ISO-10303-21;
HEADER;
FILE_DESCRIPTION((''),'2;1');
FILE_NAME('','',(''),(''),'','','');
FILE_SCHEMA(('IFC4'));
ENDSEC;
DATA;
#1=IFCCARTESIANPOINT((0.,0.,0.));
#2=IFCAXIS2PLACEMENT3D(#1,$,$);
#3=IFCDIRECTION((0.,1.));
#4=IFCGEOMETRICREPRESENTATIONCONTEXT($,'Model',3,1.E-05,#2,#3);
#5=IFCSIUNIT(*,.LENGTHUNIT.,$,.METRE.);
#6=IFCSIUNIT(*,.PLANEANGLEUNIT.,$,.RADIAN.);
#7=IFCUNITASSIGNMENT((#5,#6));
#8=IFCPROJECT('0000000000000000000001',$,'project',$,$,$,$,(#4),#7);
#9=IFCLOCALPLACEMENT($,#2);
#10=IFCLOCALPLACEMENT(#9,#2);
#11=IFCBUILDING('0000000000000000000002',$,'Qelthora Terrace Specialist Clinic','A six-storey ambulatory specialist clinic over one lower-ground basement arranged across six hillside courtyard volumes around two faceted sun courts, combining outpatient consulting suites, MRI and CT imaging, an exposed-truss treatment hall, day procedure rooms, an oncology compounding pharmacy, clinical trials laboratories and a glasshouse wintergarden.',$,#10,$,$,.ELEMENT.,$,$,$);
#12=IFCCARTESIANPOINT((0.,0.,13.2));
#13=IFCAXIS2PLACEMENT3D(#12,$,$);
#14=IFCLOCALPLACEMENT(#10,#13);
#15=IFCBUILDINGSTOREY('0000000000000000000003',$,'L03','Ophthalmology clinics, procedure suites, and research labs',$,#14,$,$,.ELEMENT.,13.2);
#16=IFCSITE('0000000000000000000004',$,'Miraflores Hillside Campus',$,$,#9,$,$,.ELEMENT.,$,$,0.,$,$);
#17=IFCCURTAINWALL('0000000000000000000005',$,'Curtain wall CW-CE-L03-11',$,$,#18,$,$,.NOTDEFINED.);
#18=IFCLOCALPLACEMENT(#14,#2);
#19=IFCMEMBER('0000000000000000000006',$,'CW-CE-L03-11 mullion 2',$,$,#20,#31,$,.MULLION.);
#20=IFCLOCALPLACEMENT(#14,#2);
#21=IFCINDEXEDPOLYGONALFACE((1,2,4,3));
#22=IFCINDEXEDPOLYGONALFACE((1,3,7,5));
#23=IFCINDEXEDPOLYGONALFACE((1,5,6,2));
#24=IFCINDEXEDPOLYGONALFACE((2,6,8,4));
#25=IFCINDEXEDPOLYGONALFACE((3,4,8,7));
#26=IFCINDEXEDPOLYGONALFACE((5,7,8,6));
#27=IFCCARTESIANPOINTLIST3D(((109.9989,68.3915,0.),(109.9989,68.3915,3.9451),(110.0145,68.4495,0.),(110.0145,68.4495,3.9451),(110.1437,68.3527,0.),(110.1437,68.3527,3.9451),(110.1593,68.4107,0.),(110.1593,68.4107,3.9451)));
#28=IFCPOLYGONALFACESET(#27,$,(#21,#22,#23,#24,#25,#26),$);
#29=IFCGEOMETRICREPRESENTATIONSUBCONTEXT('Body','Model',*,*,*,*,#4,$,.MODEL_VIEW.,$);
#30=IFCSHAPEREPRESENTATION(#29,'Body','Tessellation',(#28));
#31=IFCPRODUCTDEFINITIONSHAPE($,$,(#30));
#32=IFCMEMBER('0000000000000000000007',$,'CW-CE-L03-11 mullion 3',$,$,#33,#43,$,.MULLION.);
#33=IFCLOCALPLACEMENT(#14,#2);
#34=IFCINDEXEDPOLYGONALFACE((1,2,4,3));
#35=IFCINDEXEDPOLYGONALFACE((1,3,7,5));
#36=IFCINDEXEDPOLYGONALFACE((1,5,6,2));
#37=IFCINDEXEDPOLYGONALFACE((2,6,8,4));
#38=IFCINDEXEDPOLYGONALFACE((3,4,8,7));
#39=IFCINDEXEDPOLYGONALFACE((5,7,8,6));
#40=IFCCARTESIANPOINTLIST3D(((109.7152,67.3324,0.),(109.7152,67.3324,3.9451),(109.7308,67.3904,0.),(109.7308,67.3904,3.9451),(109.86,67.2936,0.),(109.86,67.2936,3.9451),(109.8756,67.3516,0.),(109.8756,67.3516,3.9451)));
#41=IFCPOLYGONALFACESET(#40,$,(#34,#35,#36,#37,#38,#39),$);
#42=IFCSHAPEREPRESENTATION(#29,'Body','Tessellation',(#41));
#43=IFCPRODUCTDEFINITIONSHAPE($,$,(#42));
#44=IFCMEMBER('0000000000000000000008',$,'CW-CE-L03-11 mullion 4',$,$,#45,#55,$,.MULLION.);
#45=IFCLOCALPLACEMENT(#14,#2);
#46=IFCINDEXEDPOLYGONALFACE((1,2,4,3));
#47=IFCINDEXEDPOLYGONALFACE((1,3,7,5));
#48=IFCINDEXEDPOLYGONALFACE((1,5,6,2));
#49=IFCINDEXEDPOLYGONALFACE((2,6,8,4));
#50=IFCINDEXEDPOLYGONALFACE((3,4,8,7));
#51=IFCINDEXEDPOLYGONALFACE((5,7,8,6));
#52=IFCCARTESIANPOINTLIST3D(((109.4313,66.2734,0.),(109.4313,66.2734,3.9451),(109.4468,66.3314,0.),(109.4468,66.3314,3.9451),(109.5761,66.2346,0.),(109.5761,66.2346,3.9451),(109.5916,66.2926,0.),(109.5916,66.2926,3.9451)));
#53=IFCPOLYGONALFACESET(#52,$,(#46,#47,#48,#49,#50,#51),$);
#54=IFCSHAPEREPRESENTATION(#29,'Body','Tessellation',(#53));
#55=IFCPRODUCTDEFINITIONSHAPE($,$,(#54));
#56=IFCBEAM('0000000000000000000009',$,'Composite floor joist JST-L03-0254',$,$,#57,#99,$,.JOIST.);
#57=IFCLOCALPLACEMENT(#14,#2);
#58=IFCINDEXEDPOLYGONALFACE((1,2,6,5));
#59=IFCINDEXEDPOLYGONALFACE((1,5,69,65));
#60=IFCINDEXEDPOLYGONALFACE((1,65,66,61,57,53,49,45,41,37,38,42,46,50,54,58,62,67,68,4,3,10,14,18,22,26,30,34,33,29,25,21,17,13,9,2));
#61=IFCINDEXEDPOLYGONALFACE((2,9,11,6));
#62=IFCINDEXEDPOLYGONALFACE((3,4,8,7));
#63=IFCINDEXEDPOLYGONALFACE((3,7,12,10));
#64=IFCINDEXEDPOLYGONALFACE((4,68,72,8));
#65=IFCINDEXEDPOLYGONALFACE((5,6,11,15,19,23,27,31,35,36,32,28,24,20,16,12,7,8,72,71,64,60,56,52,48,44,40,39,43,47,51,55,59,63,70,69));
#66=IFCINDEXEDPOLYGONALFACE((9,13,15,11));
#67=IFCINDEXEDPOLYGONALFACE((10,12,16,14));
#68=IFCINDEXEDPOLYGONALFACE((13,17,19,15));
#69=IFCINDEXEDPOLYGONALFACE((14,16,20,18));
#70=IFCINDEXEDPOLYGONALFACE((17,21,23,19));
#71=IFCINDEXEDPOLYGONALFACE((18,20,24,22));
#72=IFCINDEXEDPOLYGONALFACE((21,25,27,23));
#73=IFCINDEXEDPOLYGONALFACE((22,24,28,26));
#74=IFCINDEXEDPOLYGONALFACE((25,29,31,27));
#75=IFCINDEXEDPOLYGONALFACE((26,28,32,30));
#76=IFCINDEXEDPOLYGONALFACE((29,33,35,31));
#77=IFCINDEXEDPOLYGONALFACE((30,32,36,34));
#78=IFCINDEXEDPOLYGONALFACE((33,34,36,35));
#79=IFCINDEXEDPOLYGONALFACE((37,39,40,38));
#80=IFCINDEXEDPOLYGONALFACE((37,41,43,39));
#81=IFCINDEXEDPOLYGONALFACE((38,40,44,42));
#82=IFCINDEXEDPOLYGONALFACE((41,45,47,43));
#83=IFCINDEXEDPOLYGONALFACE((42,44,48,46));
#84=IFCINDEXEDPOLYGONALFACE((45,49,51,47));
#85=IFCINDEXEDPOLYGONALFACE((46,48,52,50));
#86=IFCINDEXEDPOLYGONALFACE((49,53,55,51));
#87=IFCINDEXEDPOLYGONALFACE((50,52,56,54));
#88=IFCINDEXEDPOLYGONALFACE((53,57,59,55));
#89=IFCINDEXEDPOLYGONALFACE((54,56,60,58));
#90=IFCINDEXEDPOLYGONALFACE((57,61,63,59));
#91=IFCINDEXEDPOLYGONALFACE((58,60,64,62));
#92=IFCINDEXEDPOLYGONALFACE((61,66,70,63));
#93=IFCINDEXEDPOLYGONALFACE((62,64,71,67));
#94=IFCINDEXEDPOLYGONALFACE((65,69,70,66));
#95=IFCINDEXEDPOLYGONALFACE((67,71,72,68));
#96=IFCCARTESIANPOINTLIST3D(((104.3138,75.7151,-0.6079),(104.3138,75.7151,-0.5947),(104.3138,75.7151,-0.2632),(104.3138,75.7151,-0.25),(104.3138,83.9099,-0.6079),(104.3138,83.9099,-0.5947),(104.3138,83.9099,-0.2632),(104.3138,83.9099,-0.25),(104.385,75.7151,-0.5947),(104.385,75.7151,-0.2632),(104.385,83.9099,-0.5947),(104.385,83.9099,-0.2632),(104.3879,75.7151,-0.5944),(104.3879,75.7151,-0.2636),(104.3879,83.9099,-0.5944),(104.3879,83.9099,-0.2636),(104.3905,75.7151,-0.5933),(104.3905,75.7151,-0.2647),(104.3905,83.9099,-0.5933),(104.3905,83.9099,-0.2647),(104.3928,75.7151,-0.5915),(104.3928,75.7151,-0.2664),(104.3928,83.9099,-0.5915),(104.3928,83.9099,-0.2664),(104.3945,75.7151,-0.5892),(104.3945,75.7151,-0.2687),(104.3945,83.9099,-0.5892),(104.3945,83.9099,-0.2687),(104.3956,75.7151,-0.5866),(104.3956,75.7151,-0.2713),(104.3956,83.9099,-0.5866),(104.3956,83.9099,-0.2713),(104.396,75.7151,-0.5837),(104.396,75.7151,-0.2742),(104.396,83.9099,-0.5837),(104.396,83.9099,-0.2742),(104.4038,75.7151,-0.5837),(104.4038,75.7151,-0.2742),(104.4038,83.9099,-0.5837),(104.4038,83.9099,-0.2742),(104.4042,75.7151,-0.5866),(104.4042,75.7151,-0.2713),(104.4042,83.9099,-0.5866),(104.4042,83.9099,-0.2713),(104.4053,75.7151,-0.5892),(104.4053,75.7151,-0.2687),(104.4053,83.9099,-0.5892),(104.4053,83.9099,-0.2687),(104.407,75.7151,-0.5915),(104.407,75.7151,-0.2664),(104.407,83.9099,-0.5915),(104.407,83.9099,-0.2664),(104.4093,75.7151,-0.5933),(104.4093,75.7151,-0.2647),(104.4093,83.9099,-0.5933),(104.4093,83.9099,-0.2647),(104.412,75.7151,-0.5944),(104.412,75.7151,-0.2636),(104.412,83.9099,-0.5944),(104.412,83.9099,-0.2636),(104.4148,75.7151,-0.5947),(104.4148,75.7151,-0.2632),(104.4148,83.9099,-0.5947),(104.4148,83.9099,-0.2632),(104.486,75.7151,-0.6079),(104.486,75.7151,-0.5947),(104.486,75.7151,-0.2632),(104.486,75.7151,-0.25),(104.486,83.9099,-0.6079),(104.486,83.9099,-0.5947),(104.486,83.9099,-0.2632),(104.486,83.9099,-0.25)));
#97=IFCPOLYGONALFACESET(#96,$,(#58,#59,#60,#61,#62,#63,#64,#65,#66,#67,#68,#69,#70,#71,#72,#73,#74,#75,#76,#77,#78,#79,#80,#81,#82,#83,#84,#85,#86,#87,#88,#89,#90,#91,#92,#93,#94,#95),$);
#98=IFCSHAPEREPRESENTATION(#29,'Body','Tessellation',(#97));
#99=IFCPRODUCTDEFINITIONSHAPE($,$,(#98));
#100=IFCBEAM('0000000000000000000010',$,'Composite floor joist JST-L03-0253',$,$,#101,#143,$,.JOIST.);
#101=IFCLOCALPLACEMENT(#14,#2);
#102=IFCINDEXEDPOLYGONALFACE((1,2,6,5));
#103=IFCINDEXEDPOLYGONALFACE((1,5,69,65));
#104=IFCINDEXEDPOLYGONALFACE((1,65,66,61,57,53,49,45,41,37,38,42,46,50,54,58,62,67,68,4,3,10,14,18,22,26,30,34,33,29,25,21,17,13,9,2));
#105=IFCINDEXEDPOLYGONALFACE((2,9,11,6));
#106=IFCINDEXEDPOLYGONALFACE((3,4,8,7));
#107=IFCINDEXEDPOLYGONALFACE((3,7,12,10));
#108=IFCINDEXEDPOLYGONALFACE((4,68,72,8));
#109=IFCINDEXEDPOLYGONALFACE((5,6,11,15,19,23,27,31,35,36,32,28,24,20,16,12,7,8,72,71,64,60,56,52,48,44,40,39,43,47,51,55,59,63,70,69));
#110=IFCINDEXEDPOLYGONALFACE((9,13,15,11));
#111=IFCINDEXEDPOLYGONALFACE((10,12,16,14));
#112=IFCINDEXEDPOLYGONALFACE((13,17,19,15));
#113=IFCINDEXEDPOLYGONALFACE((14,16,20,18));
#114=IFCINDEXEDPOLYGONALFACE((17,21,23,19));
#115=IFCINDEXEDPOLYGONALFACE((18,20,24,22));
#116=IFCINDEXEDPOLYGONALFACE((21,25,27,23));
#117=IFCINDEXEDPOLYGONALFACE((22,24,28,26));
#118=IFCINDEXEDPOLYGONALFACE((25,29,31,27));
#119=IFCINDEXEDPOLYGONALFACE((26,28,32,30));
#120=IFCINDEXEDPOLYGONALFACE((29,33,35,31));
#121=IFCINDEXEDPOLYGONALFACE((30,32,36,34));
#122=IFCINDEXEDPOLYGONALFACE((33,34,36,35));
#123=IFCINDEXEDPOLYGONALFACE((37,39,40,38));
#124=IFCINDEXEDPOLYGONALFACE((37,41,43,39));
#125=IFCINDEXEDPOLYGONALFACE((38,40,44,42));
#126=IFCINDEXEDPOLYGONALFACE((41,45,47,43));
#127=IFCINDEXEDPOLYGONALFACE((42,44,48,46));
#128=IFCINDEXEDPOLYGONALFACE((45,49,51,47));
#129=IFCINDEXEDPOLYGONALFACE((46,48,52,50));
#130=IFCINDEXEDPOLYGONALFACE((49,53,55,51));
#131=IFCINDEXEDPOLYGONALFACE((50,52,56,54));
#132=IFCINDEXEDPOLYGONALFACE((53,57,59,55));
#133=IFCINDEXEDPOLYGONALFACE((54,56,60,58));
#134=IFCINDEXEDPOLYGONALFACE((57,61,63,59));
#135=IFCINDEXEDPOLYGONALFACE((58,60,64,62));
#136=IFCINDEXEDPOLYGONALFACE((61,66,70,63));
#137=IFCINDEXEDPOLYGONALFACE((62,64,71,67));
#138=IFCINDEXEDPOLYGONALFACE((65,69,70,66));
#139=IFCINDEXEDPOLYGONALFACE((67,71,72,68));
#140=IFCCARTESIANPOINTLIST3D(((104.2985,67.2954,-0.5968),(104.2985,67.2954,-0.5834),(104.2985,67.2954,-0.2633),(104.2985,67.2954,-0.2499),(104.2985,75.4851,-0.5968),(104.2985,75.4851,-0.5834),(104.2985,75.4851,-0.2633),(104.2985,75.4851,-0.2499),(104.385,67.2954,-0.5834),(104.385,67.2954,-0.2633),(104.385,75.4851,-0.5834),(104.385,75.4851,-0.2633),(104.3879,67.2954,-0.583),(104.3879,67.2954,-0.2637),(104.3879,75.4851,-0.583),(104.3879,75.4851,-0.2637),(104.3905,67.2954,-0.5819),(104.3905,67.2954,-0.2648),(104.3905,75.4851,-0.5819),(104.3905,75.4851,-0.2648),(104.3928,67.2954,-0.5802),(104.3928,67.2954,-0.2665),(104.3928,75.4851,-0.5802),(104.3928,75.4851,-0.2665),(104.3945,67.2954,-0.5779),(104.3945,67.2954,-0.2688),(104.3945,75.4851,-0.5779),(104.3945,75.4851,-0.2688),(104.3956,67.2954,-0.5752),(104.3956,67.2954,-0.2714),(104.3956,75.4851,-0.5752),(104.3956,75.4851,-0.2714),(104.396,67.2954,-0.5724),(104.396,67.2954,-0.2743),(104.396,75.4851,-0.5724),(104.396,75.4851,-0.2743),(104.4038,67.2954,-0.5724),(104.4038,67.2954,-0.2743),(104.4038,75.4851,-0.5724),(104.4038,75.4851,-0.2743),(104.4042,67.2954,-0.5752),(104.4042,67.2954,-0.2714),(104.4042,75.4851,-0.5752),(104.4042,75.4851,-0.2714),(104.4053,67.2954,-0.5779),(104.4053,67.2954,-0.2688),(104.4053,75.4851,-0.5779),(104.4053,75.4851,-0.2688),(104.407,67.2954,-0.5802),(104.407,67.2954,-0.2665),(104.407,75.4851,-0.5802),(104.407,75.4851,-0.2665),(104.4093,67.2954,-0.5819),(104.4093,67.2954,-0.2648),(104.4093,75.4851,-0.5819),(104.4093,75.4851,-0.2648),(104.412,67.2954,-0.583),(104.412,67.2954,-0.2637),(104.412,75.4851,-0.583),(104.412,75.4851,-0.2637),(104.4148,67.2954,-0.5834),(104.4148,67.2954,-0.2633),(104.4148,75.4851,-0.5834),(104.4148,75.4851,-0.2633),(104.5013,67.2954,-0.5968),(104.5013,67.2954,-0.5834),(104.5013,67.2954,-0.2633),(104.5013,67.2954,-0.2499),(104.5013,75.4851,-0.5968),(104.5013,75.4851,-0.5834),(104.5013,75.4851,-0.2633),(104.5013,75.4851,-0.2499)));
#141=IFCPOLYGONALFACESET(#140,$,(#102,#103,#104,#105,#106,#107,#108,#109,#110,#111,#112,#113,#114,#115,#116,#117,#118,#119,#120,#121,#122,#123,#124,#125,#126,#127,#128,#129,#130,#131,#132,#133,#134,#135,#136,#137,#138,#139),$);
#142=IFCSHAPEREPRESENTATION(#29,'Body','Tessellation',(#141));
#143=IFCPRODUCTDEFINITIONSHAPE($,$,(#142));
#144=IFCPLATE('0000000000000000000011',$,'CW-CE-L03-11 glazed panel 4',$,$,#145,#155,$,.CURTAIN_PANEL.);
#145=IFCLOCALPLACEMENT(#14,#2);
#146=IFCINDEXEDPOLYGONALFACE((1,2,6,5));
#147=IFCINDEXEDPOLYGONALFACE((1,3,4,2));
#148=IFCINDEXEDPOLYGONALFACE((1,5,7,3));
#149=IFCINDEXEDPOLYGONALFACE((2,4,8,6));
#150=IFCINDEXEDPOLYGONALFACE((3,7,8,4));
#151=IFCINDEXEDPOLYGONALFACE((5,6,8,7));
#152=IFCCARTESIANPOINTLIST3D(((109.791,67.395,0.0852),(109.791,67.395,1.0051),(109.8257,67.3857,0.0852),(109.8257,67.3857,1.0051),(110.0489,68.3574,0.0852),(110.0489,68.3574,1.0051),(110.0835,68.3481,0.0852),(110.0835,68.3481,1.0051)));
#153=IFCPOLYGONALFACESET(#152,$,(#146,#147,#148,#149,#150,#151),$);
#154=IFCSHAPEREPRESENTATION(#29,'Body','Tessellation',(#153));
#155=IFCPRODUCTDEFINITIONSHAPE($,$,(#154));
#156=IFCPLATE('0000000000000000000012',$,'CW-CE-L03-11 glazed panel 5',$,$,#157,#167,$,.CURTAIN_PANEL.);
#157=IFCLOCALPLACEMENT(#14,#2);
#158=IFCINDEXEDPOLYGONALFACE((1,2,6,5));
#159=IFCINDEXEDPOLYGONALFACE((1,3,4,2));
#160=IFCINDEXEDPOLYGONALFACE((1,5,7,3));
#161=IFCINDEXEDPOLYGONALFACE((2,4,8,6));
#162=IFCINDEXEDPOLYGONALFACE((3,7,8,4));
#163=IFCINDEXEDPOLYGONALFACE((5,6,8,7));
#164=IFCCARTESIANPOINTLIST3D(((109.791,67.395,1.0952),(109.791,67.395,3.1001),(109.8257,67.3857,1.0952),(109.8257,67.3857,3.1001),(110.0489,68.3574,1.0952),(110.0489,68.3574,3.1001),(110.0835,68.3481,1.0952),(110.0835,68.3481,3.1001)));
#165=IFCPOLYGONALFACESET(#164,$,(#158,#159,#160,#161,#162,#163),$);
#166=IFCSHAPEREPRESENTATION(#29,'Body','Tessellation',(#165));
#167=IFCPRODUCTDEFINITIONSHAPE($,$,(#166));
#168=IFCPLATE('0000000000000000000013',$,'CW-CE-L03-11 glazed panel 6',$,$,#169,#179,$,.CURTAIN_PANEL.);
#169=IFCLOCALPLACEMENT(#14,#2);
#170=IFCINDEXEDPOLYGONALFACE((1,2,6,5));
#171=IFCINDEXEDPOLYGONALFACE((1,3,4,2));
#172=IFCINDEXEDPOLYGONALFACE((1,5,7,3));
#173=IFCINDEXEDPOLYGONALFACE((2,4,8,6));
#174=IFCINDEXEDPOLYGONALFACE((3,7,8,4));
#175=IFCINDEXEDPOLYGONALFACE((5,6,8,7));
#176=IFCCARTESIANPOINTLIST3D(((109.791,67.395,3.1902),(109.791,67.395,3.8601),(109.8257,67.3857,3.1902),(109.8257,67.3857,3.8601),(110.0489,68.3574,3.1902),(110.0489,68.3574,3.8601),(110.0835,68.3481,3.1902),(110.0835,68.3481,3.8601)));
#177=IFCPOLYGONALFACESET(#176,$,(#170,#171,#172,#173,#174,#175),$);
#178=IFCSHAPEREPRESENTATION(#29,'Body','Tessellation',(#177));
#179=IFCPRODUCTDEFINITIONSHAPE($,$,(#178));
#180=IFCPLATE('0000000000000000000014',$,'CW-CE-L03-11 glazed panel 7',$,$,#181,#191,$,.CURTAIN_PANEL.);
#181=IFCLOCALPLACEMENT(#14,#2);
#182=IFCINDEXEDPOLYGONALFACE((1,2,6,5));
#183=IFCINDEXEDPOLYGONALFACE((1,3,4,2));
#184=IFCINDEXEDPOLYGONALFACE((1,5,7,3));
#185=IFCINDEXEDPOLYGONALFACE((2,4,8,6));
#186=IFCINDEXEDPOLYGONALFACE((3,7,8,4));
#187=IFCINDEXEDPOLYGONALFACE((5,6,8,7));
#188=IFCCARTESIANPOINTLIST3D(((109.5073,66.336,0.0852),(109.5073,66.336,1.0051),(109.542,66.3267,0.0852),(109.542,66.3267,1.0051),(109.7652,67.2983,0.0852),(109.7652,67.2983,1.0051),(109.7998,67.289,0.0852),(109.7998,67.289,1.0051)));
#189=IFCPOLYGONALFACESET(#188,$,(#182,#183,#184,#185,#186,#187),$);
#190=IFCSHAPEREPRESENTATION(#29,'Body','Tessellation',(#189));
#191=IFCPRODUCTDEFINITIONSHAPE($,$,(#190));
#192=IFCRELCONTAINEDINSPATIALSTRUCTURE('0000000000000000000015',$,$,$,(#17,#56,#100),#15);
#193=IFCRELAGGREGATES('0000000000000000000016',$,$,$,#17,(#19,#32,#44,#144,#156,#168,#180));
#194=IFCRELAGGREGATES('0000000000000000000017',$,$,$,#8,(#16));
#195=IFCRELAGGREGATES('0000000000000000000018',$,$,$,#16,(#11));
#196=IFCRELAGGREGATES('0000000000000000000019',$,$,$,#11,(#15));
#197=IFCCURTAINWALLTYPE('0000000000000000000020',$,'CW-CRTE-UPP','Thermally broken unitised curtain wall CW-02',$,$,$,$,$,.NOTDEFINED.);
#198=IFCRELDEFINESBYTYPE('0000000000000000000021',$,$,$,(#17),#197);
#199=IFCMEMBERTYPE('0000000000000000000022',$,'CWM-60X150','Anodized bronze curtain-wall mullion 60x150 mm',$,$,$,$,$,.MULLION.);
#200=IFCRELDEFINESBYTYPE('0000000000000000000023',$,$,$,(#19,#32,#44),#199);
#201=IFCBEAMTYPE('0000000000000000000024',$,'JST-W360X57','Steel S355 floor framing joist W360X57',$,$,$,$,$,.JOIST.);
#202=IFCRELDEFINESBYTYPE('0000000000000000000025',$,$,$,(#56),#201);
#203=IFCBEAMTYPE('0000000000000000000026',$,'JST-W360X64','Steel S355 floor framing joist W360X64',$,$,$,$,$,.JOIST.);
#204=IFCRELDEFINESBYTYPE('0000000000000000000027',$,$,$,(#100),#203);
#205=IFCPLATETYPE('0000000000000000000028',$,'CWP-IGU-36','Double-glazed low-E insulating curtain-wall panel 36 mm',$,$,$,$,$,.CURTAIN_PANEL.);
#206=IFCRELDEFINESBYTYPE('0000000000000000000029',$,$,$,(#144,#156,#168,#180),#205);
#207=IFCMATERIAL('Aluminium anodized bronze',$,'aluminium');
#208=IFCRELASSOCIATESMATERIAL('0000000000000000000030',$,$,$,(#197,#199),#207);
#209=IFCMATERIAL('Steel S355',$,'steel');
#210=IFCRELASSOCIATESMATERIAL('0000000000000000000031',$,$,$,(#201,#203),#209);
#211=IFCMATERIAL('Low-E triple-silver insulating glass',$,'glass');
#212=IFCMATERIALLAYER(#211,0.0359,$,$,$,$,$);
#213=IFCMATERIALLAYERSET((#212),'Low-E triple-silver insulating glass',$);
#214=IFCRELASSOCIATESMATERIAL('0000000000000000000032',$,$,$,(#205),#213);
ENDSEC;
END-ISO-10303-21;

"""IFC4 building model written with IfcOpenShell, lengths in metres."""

from ifc_helpers import new_model, si_unit, direction, frame, origin, origin_2d, place, context, subcontext, project, spatial, rectangle, i_section, extrude, material, layer, layer_set, material_profile, profile_set, type_object, element, aggregate, save


model = new_model("IFC4")

# Units and contexts
model_context = context("Model", 3, precision=1e-05, world=origin(), true_north=direction((0.0, 1.0)))
body_context = subcontext(model_context, "Body", "Model", "MODEL_VIEW")
ifc_project = project(units=[si_unit("LENGTHUNIT", "METRE"), si_unit("PLANEANGLEUNIT", "RADIAN")], contexts=[model_context])

# Site, building, storey
site_placement = place(None, origin())
site = spatial("IfcSite", under=ifc_project, at=site_placement, Name="Miraflores Hillside Campus", CompositionType="ELEMENT", RefElevation=0.0)
building_placement = place(site_placement, origin())
building = spatial("IfcBuilding", under=site, at=building_placement, Name="Qelthora Terrace Specialist Clinic", Description="A six-storey ambulatory specialist clinic over one lower-ground basement arranged across six hillside courtyard volumes around two faceted sun courts, combining outpatient consulting suites, MRI and CT imaging, an exposed-truss treatment hall, day procedure rooms, an oncology compounding pharmacy, clinical trials laboratories and a glasshouse wintergarden.", CompositionType="ELEMENT")
storey_placement = place(building_placement, frame((0.0, 0.0, 13.2)))
storey = spatial("IfcBuildingStorey", under=building, at=storey_placement, Name="L03", Description="Ophthalmology clinics, procedure suites, and research labs", CompositionType="ELEMENT", Elevation=13.2)

# Shared definitions
ifc_material_1 = material(Name="Steel S355", Category="steel")

# Curtain wall, members
ifc_material_2 = material(Name="Aluminium anodized bronze", Category="aluminium")
curtain_wall_type = type_object("IfcCurtainWallType", Name="CW-CRTE-UPP", Description="Thermally broken unitised curtain wall CW-02", PredefinedType="NOTDEFINED", material=ifc_material_2)
curtain_wall_placement = place(storey_placement, origin())
curtain_wall = element("IfcCurtainWall", 1, at=curtain_wall_placement, inside=storey, type_object=curtain_wall_type, Name="Curtain wall CW-CE-L03-11", PredefinedType="NOTDEFINED")
ifc_material_profile_1 = material_profile(ifc_material_2, rectangle(XDim=0.0601, YDim=0.1499, at=origin_2d()), Name="CWM60X150")
ifc_profile_set_1 = profile_set([ifc_material_profile_1], Name="Aluminium anodized bronze")
member_type = type_object("IfcMemberType", Name="CWM-60X150", Description="Anodized bronze curtain-wall mullion 60x150 mm", PredefinedType="MULLION", material=ifc_profile_set_1)
member_1_placement = place(storey_placement, frame((110.0791, 68.4011, 0.0), z_axis=(0.0, 0.0, 1.0), x_axis=(-0.25882, -0.965926, 0.0)))
member_1 = element("IfcMember", 2, at=member_1_placement, type_object=member_type, Name="CW-CE-L03-11 mullion 2", PredefinedType="MULLION", context=body_context, shape_type="SweptSolid", body=[
    extrude(rectangle(XDim=0.0601, YDim=0.1499, at=origin_2d()), origin(), (0.0, 0.0, 1.0), 3.9451),
])
member_2_placement = place(storey_placement, frame((109.7954, 67.342, 0.0), z_axis=(0.0, 0.0, 1.0), x_axis=(-0.25882, -0.965926, 0.0)))
member_2 = element("IfcMember", 3, at=member_2_placement, type_object=member_type, Name="CW-CE-L03-11 mullion 3", PredefinedType="MULLION", context=body_context, shape_type="SweptSolid", body=[
    extrude(rectangle(XDim=0.0601, YDim=0.1499, at=origin_2d()), origin(), (0.0, 0.0, 1.0), 3.9451),
])
member_3_placement = place(storey_placement, frame((109.5115, 66.283, 0.0), z_axis=(0.0, 0.0, 1.0), x_axis=(-0.25882, -0.965926, 0.0)))
member_3 = element("IfcMember", 4, at=member_3_placement, type_object=member_type, Name="CW-CE-L03-11 mullion 4", PredefinedType="MULLION", context=body_context, shape_type="SweptSolid", body=[
    extrude(rectangle(XDim=0.0601, YDim=0.1499, at=origin_2d()), origin(), (0.0, 0.0, 1.0), 3.9451),
])

# Beams
ifc_material_profile_2 = material_profile(ifc_material_1, i_section(OverallWidth=0.1721, OverallDepth=0.3579, WebThickness=0.0078, FlangeThickness=0.0132, FilletRadius=0.011, at=origin_2d()), Name="W360X57")
ifc_profile_set_2 = profile_set([ifc_material_profile_2], Name="Steel S355")
beam_type_1 = type_object("IfcBeamType", Name="JST-W360X57", Description="Steel S355 floor framing joist W360X57", PredefinedType="JOIST", material=ifc_profile_set_2)
beam_1_placement = place(storey_placement, frame((104.3999, 75.7151, -0.429), z_axis=(0.0, 1.0, 0.0), x_axis=(-1.0, 0.0, 0.0)))
element("IfcBeam", 5, at=beam_1_placement, inside=storey, type_object=beam_type_1, Name="Composite floor joist JST-L03-0254", PredefinedType="JOIST", context=body_context, shape_type="SweptSolid", body=[
    extrude(i_section(OverallWidth=0.1721, OverallDepth=0.3579, WebThickness=0.0078, FlangeThickness=0.0132, FilletRadius=0.011, at=origin_2d()), origin(), (0.0, 0.0, 1.0), 8.1948),
])
ifc_material_profile_3 = material_profile(ifc_material_1, i_section(OverallWidth=0.2029, OverallDepth=0.3469, WebThickness=0.0078, FlangeThickness=0.0134, FilletRadius=0.011, at=origin_2d()), Name="W360X64")
ifc_profile_set_3 = profile_set([ifc_material_profile_3], Name="Steel S355")
beam_type_2 = type_object("IfcBeamType", Name="JST-W360X64", Description="Steel S355 floor framing joist W360X64", PredefinedType="JOIST", material=ifc_profile_set_3)
beam_2_placement = place(storey_placement, frame((104.3999, 67.2954, -0.4233), z_axis=(0.0, 1.0, 0.0), x_axis=(-1.0, 0.0, 0.0)))
element("IfcBeam", 6, at=beam_2_placement, inside=storey, type_object=beam_type_2, Name="Composite floor joist JST-L03-0253", PredefinedType="JOIST", context=body_context, shape_type="SweptSolid", body=[
    extrude(i_section(OverallWidth=0.2029, OverallDepth=0.3469, WebThickness=0.0078, FlangeThickness=0.0134, FilletRadius=0.011, at=origin_2d()), origin(), (0.0, 0.0, 1.0), 8.1897),
])

# Plates
ifc_material_3 = material(Name="Low-E triple-silver insulating glass", Category="glass")
ifc_layer = layer(ifc_material_3, 0.0359)
ifc_layer_set = layer_set([ifc_layer], Name="Low-E triple-silver insulating glass")
plate_type = type_object("IfcPlateType", Name="CWP-IGU-36", Description="Double-glazed low-E insulating curtain-wall panel 36 mm", PredefinedType="CURTAIN_PANEL", material=ifc_layer_set)
plate_1_placement = place(storey_placement, frame((109.9373, 67.8716, 0.0852), z_axis=(0.0, 0.0, 1.0), x_axis=(-0.258819, -0.965926, 0.0)))
plate_1 = element("IfcPlate", 7, at=plate_1_placement, type_object=plate_type, Name="CW-CE-L03-11 glazed panel 4", PredefinedType="CURTAIN_PANEL", context=body_context, shape_type="SweptSolid", body=[
    extrude(rectangle(XDim=0.9963, YDim=0.0359, at=origin_2d()), origin(), (0.0, 0.0, 1.0), 0.9199),
])
plate_2_placement = place(storey_placement, frame((109.9373, 67.8716, 1.0952), z_axis=(0.0, 0.0, 1.0), x_axis=(-0.258819, -0.965926, 0.0)))
plate_2 = element("IfcPlate", 8, at=plate_2_placement, type_object=plate_type, Name="CW-CE-L03-11 glazed panel 5", PredefinedType="CURTAIN_PANEL", context=body_context, shape_type="SweptSolid", body=[
    extrude(rectangle(XDim=0.9963, YDim=0.0359, at=origin_2d()), origin(), (0.0, 0.0, 1.0), 2.0049),
])
plate_3_placement = place(storey_placement, frame((109.9373, 67.8716, 3.1902), z_axis=(0.0, 0.0, 1.0), x_axis=(-0.258819, -0.965926, 0.0)))
plate_3 = element("IfcPlate", 9, at=plate_3_placement, type_object=plate_type, Name="CW-CE-L03-11 glazed panel 6", PredefinedType="CURTAIN_PANEL", context=body_context, shape_type="SweptSolid", body=[
    extrude(rectangle(XDim=0.9963, YDim=0.0359, at=origin_2d()), origin(), (0.0, 0.0, 1.0), 0.6699),
])
plate_4_placement = place(storey_placement, frame((109.6536, 66.8125, 0.0852), z_axis=(0.0, 0.0, 1.0), x_axis=(-0.258819, -0.965926, 0.0)))
plate_4 = element("IfcPlate", 10, at=plate_4_placement, type_object=plate_type, Name="CW-CE-L03-11 glazed panel 7", PredefinedType="CURTAIN_PANEL", context=body_context, shape_type="SweptSolid", body=[
    extrude(rectangle(XDim=0.9963, YDim=0.0359, at=origin_2d()), origin(), (0.0, 0.0, 1.0), 0.9199),
])
aggregate(curtain_wall, [member_1, member_2, member_3, plate_1, plate_2, plate_3, plate_4])

save(model, "model.ifc")
